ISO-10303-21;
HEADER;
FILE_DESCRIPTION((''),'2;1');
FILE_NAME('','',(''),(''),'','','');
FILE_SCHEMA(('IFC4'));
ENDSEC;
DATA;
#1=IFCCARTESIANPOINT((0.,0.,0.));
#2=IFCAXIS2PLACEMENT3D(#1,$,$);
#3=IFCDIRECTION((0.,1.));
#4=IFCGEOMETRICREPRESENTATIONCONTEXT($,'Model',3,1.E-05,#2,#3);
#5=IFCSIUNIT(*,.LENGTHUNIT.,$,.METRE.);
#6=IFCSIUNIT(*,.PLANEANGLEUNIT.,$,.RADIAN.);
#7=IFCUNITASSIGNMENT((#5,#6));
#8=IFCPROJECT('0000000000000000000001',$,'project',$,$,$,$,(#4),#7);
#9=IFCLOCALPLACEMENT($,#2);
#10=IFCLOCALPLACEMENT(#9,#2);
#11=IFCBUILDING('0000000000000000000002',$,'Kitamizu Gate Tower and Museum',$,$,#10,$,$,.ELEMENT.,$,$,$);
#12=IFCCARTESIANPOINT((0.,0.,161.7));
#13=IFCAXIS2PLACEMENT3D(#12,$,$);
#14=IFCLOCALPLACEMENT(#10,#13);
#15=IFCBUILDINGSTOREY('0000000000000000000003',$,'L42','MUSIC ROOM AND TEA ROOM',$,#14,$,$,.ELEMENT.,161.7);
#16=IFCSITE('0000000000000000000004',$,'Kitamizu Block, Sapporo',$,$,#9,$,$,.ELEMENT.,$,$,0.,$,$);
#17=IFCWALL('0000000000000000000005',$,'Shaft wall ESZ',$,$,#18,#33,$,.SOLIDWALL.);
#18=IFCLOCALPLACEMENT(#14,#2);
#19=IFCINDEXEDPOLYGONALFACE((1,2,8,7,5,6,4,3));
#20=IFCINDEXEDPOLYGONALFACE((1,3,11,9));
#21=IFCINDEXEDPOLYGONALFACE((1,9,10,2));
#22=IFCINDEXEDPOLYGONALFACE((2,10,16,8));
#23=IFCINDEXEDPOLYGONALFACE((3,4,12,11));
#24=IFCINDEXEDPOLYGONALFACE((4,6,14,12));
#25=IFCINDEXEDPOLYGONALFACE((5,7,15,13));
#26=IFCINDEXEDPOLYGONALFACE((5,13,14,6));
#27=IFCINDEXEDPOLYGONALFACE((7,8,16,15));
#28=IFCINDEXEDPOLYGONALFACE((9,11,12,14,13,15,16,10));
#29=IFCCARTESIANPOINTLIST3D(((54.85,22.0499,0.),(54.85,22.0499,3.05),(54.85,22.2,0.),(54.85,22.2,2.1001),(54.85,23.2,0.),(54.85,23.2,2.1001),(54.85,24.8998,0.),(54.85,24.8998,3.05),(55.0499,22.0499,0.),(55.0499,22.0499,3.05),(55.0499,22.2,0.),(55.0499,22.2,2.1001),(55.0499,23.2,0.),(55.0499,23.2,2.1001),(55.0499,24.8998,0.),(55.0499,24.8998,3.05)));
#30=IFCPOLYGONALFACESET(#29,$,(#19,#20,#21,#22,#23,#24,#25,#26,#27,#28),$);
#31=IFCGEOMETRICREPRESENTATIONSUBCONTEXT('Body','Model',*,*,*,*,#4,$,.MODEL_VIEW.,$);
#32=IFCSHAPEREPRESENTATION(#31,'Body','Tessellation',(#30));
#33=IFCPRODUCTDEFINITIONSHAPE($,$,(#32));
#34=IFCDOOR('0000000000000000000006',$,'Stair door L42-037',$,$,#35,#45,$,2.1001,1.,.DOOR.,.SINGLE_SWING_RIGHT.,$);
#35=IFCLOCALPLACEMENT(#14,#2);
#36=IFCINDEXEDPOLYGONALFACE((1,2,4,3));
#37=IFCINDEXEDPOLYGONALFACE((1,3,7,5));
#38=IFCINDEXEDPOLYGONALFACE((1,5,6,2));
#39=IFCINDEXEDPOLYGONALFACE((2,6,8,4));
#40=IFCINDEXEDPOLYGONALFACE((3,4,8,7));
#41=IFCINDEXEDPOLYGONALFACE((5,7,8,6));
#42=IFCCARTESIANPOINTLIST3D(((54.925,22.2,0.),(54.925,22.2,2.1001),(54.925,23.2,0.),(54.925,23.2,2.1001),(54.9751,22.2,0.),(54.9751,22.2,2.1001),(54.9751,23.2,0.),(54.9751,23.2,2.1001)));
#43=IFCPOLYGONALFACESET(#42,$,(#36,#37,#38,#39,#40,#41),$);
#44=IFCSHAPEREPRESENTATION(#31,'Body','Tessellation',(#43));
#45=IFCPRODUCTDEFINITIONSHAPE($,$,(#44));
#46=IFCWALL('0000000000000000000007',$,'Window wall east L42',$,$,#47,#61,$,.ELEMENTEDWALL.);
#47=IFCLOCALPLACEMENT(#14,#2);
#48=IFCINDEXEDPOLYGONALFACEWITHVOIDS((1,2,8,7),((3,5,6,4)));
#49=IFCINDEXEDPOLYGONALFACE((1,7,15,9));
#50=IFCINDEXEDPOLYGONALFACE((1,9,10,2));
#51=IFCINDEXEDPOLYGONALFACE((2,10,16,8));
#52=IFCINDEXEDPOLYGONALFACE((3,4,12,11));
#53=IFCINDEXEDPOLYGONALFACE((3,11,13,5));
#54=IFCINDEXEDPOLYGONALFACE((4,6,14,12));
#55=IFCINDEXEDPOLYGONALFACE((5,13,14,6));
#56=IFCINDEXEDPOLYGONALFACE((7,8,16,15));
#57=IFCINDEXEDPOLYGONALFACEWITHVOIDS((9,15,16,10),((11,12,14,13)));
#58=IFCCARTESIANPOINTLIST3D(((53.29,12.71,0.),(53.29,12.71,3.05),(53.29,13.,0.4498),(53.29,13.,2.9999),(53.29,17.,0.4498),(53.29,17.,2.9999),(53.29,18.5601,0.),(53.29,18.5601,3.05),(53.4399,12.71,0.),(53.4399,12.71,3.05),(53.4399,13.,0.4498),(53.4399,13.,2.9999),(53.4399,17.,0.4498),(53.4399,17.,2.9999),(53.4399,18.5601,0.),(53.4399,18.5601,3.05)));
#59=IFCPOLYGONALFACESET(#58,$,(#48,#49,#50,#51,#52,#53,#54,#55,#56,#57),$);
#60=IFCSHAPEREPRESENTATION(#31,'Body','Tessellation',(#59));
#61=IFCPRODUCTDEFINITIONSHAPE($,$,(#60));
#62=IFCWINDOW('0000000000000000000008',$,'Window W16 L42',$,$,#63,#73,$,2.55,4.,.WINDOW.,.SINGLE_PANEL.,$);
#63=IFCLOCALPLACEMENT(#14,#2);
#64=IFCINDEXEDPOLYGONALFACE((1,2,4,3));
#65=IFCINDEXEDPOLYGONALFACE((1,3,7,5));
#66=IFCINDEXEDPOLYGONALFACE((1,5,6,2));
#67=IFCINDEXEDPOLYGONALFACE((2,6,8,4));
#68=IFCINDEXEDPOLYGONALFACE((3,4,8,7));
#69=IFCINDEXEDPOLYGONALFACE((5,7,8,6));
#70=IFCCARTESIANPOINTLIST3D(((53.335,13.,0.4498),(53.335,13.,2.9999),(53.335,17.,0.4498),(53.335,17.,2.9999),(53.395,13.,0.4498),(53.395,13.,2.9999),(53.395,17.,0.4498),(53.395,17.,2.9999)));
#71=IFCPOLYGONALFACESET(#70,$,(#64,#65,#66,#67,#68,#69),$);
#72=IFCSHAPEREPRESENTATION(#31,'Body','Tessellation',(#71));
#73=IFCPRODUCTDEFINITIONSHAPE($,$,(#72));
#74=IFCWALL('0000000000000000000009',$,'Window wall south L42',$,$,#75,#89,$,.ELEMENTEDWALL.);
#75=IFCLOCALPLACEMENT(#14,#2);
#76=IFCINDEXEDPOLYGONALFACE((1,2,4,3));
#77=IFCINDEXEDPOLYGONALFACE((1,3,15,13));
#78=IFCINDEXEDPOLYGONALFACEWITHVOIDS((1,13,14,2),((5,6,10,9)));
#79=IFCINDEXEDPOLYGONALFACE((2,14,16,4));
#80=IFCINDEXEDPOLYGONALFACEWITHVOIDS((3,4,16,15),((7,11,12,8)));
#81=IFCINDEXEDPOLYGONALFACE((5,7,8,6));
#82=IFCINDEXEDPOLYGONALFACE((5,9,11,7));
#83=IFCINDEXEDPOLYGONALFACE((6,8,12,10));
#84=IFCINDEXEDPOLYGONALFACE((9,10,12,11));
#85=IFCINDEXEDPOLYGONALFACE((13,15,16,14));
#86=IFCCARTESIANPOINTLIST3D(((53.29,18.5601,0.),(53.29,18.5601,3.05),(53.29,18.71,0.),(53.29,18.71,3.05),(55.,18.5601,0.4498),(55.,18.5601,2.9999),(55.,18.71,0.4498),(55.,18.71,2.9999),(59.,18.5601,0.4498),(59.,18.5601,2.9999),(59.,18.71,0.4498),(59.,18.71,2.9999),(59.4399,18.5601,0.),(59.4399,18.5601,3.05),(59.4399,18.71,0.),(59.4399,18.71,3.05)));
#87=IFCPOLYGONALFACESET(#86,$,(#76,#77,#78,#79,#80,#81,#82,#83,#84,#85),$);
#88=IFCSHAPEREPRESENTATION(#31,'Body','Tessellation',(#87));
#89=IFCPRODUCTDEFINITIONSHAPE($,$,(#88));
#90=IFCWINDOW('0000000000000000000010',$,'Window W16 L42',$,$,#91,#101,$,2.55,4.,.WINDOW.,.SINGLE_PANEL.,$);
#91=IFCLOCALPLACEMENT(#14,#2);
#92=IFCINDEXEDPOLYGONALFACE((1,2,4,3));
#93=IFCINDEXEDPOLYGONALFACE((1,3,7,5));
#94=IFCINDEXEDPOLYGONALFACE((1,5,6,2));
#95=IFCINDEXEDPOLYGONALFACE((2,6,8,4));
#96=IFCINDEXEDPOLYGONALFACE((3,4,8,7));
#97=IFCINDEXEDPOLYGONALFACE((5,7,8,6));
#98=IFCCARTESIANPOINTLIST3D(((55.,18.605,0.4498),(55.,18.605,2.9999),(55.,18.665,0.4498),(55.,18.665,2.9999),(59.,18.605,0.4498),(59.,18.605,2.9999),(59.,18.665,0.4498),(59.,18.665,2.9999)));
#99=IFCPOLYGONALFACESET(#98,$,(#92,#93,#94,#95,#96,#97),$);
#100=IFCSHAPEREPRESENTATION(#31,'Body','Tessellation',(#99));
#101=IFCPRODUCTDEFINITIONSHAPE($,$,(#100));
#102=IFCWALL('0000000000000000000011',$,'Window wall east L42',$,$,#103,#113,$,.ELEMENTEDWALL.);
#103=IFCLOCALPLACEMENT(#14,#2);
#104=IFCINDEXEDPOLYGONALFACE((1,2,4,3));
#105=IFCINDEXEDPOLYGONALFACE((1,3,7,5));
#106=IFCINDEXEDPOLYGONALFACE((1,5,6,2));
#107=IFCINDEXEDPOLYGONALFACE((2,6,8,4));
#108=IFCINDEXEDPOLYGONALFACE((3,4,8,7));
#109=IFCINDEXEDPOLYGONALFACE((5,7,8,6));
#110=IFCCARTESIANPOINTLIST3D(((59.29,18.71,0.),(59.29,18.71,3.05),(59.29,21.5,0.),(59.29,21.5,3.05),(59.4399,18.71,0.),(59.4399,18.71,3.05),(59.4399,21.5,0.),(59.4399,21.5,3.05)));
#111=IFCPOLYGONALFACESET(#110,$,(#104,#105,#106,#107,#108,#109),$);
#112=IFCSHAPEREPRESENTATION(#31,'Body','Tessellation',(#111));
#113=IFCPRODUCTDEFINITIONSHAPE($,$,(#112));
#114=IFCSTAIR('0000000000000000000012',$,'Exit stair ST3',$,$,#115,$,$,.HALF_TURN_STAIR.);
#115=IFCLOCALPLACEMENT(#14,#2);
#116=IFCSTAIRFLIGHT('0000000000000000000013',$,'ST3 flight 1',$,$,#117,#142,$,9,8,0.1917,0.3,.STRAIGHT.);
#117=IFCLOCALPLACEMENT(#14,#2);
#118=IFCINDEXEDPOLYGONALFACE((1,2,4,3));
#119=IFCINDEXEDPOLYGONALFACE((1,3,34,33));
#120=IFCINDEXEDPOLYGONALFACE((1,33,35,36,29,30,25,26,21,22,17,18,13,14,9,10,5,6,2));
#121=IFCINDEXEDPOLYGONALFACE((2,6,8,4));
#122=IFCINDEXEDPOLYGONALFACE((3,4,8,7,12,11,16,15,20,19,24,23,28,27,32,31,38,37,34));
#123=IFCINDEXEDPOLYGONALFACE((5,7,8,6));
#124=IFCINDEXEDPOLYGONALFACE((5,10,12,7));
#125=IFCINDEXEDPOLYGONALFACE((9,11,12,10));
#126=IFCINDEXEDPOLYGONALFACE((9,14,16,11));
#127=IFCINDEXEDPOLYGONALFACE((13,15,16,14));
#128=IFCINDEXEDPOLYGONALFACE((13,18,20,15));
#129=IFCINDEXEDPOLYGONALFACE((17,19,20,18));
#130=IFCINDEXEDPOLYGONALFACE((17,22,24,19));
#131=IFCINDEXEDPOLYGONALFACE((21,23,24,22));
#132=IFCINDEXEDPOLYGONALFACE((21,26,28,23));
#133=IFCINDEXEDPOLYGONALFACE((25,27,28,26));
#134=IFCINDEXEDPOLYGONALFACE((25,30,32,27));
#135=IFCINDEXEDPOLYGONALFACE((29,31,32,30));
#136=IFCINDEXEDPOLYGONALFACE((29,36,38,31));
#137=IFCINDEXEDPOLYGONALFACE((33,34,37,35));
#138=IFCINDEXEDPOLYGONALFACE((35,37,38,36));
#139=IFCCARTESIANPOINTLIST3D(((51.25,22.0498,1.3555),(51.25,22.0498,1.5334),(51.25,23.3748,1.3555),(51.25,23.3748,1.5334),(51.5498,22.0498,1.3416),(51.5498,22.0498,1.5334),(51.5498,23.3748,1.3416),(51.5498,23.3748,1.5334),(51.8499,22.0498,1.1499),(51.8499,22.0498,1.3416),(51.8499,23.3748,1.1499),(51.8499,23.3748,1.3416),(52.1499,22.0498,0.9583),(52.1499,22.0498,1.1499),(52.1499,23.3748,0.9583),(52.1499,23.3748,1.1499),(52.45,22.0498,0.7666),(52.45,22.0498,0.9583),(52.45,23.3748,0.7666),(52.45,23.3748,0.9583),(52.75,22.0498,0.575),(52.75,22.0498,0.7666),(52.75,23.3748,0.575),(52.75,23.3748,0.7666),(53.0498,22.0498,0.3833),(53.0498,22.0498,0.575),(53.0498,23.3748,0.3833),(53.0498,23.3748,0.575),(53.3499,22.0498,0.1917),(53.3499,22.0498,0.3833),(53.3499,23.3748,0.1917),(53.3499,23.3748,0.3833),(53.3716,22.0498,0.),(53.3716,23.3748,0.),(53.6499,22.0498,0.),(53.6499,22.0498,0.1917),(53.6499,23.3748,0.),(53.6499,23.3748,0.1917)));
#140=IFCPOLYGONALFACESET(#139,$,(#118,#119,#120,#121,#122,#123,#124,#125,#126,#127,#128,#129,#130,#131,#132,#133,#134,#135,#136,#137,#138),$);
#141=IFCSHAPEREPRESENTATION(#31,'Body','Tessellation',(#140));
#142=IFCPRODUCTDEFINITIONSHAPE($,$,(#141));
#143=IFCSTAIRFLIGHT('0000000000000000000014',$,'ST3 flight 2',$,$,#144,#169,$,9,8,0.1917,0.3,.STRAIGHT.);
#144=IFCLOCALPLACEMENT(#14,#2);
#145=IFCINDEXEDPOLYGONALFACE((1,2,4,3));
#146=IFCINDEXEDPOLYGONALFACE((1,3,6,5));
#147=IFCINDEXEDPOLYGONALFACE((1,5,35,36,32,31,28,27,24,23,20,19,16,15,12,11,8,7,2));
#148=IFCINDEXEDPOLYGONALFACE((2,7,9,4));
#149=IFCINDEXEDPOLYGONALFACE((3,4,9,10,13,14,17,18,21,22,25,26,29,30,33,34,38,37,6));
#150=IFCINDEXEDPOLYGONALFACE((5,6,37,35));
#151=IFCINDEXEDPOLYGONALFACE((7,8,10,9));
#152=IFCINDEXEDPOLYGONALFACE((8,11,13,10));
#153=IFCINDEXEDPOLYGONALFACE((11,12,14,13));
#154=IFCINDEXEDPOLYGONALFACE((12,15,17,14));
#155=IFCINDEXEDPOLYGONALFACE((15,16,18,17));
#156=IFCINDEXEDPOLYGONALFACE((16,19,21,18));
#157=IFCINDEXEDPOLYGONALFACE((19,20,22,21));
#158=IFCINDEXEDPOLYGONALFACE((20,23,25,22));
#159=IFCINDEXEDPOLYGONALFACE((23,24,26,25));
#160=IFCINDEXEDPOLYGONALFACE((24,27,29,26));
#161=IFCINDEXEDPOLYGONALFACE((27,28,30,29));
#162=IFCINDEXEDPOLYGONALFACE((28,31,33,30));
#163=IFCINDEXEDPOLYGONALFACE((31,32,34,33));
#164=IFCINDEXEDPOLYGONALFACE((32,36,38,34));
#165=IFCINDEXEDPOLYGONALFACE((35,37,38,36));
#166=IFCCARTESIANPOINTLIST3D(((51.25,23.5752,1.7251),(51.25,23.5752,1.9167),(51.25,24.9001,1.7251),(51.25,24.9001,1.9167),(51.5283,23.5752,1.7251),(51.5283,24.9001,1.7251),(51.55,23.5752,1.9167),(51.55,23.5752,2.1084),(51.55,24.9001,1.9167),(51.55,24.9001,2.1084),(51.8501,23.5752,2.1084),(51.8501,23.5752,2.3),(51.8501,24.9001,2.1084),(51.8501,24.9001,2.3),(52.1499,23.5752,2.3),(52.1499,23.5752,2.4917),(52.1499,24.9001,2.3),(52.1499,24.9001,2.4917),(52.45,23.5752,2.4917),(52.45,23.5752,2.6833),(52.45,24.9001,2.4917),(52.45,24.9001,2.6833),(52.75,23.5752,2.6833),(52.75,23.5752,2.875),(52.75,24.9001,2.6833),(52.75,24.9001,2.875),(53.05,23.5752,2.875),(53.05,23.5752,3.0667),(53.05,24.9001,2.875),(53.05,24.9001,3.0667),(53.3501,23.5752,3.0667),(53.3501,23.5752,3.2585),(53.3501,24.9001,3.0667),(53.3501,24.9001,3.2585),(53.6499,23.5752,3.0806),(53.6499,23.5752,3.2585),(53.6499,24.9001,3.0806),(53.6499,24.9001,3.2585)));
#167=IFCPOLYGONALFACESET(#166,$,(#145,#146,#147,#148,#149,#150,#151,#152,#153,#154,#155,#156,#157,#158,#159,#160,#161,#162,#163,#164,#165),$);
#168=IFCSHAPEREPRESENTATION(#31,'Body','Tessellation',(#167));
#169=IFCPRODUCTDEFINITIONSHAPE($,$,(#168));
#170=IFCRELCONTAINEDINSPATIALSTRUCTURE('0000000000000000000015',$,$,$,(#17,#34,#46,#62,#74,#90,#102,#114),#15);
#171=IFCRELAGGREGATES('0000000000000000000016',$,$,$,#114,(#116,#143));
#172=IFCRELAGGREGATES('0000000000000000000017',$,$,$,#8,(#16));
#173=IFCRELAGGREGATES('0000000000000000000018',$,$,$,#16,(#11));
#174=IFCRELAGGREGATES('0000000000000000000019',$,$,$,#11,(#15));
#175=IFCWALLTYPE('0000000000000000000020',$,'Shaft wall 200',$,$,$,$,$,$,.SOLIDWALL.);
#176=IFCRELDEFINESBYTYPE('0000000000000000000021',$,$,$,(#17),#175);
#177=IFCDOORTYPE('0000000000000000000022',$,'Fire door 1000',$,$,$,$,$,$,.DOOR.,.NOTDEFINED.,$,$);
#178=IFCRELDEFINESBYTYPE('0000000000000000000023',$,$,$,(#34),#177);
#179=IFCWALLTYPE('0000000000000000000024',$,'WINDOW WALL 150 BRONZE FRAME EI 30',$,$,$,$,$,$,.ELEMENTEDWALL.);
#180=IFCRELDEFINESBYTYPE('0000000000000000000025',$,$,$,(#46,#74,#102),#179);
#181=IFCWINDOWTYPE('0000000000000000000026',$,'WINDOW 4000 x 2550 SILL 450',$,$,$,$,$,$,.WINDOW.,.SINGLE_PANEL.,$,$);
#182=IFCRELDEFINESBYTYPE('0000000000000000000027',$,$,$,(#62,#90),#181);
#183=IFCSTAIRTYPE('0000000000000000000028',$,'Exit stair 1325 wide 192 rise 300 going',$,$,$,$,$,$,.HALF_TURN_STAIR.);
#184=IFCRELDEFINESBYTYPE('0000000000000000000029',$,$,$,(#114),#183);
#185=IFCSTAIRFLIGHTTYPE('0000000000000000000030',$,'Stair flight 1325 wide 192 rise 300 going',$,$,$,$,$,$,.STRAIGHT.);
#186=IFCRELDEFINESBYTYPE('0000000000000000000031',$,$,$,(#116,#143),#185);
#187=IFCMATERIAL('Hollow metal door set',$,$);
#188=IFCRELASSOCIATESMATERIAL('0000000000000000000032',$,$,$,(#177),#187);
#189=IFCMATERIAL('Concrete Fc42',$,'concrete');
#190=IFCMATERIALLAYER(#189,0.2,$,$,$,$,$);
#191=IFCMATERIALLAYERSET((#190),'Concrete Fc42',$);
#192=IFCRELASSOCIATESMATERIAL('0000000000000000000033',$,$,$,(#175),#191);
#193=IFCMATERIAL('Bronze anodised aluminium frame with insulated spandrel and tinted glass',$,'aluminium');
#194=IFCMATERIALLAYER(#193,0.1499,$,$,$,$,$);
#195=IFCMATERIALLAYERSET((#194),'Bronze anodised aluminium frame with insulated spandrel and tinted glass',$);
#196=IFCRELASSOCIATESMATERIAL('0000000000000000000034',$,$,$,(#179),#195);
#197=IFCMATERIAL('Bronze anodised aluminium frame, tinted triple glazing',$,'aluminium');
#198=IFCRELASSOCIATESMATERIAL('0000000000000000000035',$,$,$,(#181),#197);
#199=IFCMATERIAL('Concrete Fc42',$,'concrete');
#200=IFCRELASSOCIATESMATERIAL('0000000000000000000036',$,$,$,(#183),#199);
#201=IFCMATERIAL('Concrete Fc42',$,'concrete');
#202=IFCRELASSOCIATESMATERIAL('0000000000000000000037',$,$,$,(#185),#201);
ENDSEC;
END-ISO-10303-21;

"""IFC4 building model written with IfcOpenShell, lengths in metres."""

from ifc_helpers import new_model, si_unit, direction, frame, frame_2d, origin, place, context, subcontext, project, spatial, polyline, rectangle, outline, extrude, material, layer, layer_set, type_object, element, fill, aggregate, save


model = new_model("IFC4")

# Units and contexts
model_context = context("Model", 3, precision=1e-05, world=origin(), true_north=direction((0.0, 1.0)))
body_context = subcontext(model_context, "Body", "Model", "MODEL_VIEW")
ifc_project = project(units=[si_unit("LENGTHUNIT", "METRE"), si_unit("PLANEANGLEUNIT", "RADIAN")], contexts=[model_context])

# Site, building, storey
site_placement = place(None, origin())
site = spatial("IfcSite", under=ifc_project, at=site_placement, Name="Kitamizu Block, Sapporo", CompositionType="ELEMENT", RefElevation=0.0)
building_placement = place(site_placement, origin())
building = spatial("IfcBuilding", under=site, at=building_placement, Name="Kitamizu Gate Tower and Museum", CompositionType="ELEMENT")
storey_placement = place(building_placement, frame((0.0, 0.0, 161.7)))
storey = spatial("IfcBuildingStorey", under=building, at=storey_placement, Name="L42", Description="MUSIC ROOM AND TEA ROOM", CompositionType="ELEMENT", Elevation=161.7)

# Shared definitions
ifc_material_1 = material(Name="Hollow metal door set")
door_type_1 = type_object("IfcDoorType", Name="Fire door 1000", OperationType="NOTDEFINED", PredefinedType="DOOR", material=ifc_material_1)

# Shared definitions
ifc_material_2 = material(Name="Concrete Fc42", Category="concrete")
ifc_layer_1 = layer(ifc_material_2, 0.2)
ifc_layer_set_1 = layer_set([ifc_layer_1], Name="Concrete Fc42")
wall_type_1 = type_object("IfcWallType", Name="Shaft wall 200", PredefinedType="SOLIDWALL", material=ifc_layer_set_1)

# Wall, opening, door
wall_1_placement = place(storey_placement, frame((54.95, 22.05, 0.0), z_axis=(0.0, 0.0, 1.0), x_axis=(0.0, 1.0, 0.0)))
wall_1 = element("IfcWall", 1, at=wall_1_placement, inside=storey, type_object=wall_type_1, Name="Shaft wall ESZ", PredefinedType="SOLIDWALL", context=body_context, shape_type="SweptSolid", body=[
    extrude(rectangle(XDim=2.8499, YDim=0.2, at=frame_2d((1.4248, 0.0))), origin(), (0.0, 0.0, 1.0), 3.05),
])
opening_1_placement = place(wall_1_placement, frame((0.1499, 0.0, 0.0)))
opening_1 = element("IfcOpeningElement", 2, at=opening_1_placement, cuts=wall_1, PredefinedType="OPENING", context=body_context, shape_type="SweptSolid", body=[
    extrude(rectangle(XDim=1.0, YDim=2.1001, at=frame_2d((0.5, 1.05))), frame((0.0, 0.1099, 0.0), z_axis=(0.0, -1.0, 0.0), x_axis=(1.0, 0.0, 0.0)), (0.0, 0.0, 1.0), 0.22),
])
door_1_placement = place(opening_1_placement, origin())
door_1 = element("IfcDoor", 3, at=door_1_placement, inside=storey, type_object=door_type_1, Name="Stair door L42-037", OperationType="SINGLE_SWING_RIGHT", OverallHeight=2.1001, OverallWidth=1.0, PredefinedType="DOOR", context=body_context, shape_type="SweptSolid", body=[
    extrude(rectangle(XDim=1.0, YDim=2.1001, at=frame_2d((0.5, 1.05))), frame((0.0, 0.0249, 0.0), z_axis=(0.0, -1.0, 0.0), x_axis=(1.0, 0.0, 0.0)), (0.0, 0.0, 1.0), 0.05),
])
fill(opening_1, door_1)

# Walls, openings, windows
ifc_material_3 = material(Name="Bronze anodised aluminium frame with insulated spandrel and tinted glass", Category="aluminium")
ifc_layer_2 = layer(ifc_material_3, 0.1499)
ifc_layer_set_2 = layer_set([ifc_layer_2], Name="Bronze anodised aluminium frame with insulated spandrel and tinted glass")
wall_type_2 = type_object("IfcWallType", Name="WINDOW WALL 150 BRONZE FRAME EI 30", PredefinedType="ELEMENTEDWALL", material=ifc_layer_set_2)
wall_2_placement = place(storey_placement, frame((53.365, 12.71, 0.0), z_axis=(0.0, 0.0, 1.0), x_axis=(0.0, 1.0, 0.0)))
wall_2 = element("IfcWall", 4, at=wall_2_placement, inside=storey, type_object=wall_type_2, Name="Window wall east L42", PredefinedType="ELEMENTEDWALL", context=body_context, shape_type="SweptSolid", body=[
    extrude(rectangle(XDim=5.8501, YDim=0.1499, at=frame_2d((2.925, 0.0))), origin(), (0.0, 0.0, 1.0), 3.05),
])
opening_2_placement = place(wall_2_placement, frame((0.29, 0.0, 0.45)))
opening_2 = element("IfcOpeningElement", 5, at=opening_2_placement, cuts=wall_2, PredefinedType="OPENING", context=body_context, shape_type="SweptSolid", body=[
    extrude(rectangle(XDim=4.0, YDim=2.55, at=frame_2d((2.0, 1.2749))), frame((0.0, 0.085, 0.0), z_axis=(0.0, -1.0, 0.0), x_axis=(1.0, 0.0, 0.0)), (0.0, 0.0, 1.0), 0.1699),
])
ifc_material_4 = material(Name="Bronze anodised aluminium frame, tinted triple glazing", Category="aluminium")
window_type = type_object("IfcWindowType", Name="WINDOW 4000 x 2550 SILL 450", PartitioningType="SINGLE_PANEL", PredefinedType="WINDOW", material=ifc_material_4)
window_1_placement = place(opening_2_placement, origin())
window_1 = element("IfcWindow", 6, at=window_1_placement, inside=storey, type_object=window_type, Name="Window W16 L42", OverallHeight=2.55, OverallWidth=4.0, PartitioningType="SINGLE_PANEL", PredefinedType="WINDOW", context=body_context, shape_type="SweptSolid", body=[
    extrude(rectangle(XDim=4.0, YDim=2.55, at=frame_2d((2.0, 1.2749))), frame((0.0, 0.03, 0.0), z_axis=(0.0, -1.0, 0.0), x_axis=(1.0, 0.0, 0.0)), (0.0, 0.0, 1.0), 0.0601),
])
fill(opening_2, window_1)
wall_3_placement = place(storey_placement, frame((53.29, 18.635, 0.0), z_axis=(0.0, 0.0, 1.0), x_axis=(1.0, 0.0, 0.0)))
wall_3 = element("IfcWall", 7, at=wall_3_placement, inside=storey, type_object=wall_type_2, Name="Window wall south L42", PredefinedType="ELEMENTEDWALL", context=body_context, shape_type="SweptSolid", body=[
    extrude(rectangle(XDim=6.1499, YDim=0.1499, at=frame_2d((3.075, 0.0))), origin(), (0.0, 0.0, 1.0), 3.05),
])
opening_3_placement = place(wall_3_placement, frame((1.71, 0.0, 0.45)))
opening_3 = element("IfcOpeningElement", 8, at=opening_3_placement, cuts=wall_3, PredefinedType="OPENING", context=body_context, shape_type="SweptSolid", body=[
    extrude(rectangle(XDim=4.0, YDim=2.55, at=frame_2d((2.0, 1.2749))), frame((0.0, 0.085, 0.0), z_axis=(0.0, -1.0, 0.0), x_axis=(1.0, 0.0, 0.0)), (0.0, 0.0, 1.0), 0.1699),
])
window_2_placement = place(opening_3_placement, origin())
window_2 = element("IfcWindow", 9, at=window_2_placement, inside=storey, type_object=window_type, Name="Window W16 L42", OverallHeight=2.55, OverallWidth=4.0, PartitioningType="SINGLE_PANEL", PredefinedType="WINDOW", context=body_context, shape_type="SweptSolid", body=[
    extrude(rectangle(XDim=4.0, YDim=2.55, at=frame_2d((2.0, 1.2749))), frame((0.0, 0.03, 0.0), z_axis=(0.0, -1.0, 0.0), x_axis=(1.0, 0.0, 0.0)), (0.0, 0.0, 1.0), 0.0601),
])
fill(opening_3, window_2)

# Wall
wall_4_placement = place(storey_placement, frame((59.365, 18.71, 0.0), z_axis=(0.0, 0.0, 1.0), x_axis=(0.0, 1.0, 0.0)))
element("IfcWall", 10, at=wall_4_placement, inside=storey, type_object=wall_type_2, Name="Window wall east L42", PredefinedType="ELEMENTEDWALL", context=body_context, shape_type="SweptSolid", body=[
    extrude(rectangle(XDim=2.79, YDim=0.1499, at=frame_2d((1.395, 0.0))), origin(), (0.0, 0.0, 1.0), 3.05),
])

# Stair, stair flights
ifc_material_5 = material(Name="Concrete Fc42", Category="concrete")
stair_type = type_object("IfcStairType", Name="Exit stair 1325 wide 192 rise 300 going", PredefinedType="HALF_TURN_STAIR", material=ifc_material_5)
stair_placement = place(storey_placement, origin())
stair = element("IfcStair", 11, at=stair_placement, inside=storey, type_object=stair_type, Name="Exit stair ST3", PredefinedType="HALF_TURN_STAIR")
ifc_material_6 = material(Name="Concrete Fc42", Category="concrete")
stair_flight_type = type_object("IfcStairFlightType", Name="Stair flight 1325 wide 192 rise 300 going", PredefinedType="STRAIGHT", material=ifc_material_6)
stair_flight_1_placement = place(storey_placement, frame((53.6499, 22.7124, 0.0), z_axis=(0.0, 0.0, 1.0), x_axis=(-1.0, 0.0, 0.0)))
stair_flight_1 = element("IfcStairFlight", 12, at=stair_flight_1_placement, type_object=stair_flight_type, Name="ST3 flight 1", NumberOfRisers=9, NumberOfTreads=8, PredefinedType="STRAIGHT", RiserHeight=0.1917, TreadLength=0.3, context=body_context, shape_type="SweptSolid", body=[
    extrude(outline(polyline([(0.0, 0.0), (0.0, 0.1917), (0.3, 0.1917), (0.3, 0.3833), (0.6001, 0.3833), (0.6001, 0.575), (0.8999, 0.575), (0.8999, 0.7666), (1.2, 0.7666), (1.2, 0.9583), (1.5, 0.9583), (1.5, 1.1499), (1.8, 1.1499), (1.8, 1.3416), (2.1001, 1.3416), (2.1001, 1.5334), (2.3999, 1.5334), (2.3999, 1.7251), (2.3999, 1.3555), (0.2783, 0.0), (0.0, 0.0)])), frame((0.0, 0.6626, 0.0), z_axis=(0.0, -1.0, 0.0), x_axis=(1.0, 0.0, 0.0)), (0.0, 0.0, 1.0), 1.325),
])
stair_flight_2_placement = place(storey_placement, frame((51.25, 24.2375, 1.7251), z_axis=(0.0, 0.0, 1.0), x_axis=(1.0, 0.0, 0.0)))
stair_flight_2 = element("IfcStairFlight", 13, at=stair_flight_2_placement, type_object=stair_flight_type, Name="ST3 flight 2", NumberOfRisers=9, NumberOfTreads=8, PredefinedType="STRAIGHT", RiserHeight=0.1917, TreadLength=0.3, context=body_context, shape_type="SweptSolid", body=[
    extrude(outline(polyline([(0.0, 0.0), (0.0, 0.1917), (0.3, 0.1917), (0.3, 0.3833), (0.6001, 0.3833), (0.6001, 0.575), (0.8999, 0.575), (0.8999, 0.7666), (1.2, 0.7666), (1.2, 0.9583), (1.5, 0.9583), (1.5, 1.1499), (1.8, 1.1499), (1.8, 1.3416), (2.1001, 1.3416), (2.1001, 1.5334), (2.3999, 1.5334), (2.3999, 1.7251), (2.3999, 1.3555), (0.2783, 0.0), (0.0, 0.0)])), frame((0.0, 0.6626, 0.0), z_axis=(0.0, -1.0, 0.0), x_axis=(1.0, 0.0, 0.0)), (0.0, 0.0, 1.0), 1.325),
])
aggregate(stair, [stair_flight_1, stair_flight_2])

save(model, "model.ifc")
